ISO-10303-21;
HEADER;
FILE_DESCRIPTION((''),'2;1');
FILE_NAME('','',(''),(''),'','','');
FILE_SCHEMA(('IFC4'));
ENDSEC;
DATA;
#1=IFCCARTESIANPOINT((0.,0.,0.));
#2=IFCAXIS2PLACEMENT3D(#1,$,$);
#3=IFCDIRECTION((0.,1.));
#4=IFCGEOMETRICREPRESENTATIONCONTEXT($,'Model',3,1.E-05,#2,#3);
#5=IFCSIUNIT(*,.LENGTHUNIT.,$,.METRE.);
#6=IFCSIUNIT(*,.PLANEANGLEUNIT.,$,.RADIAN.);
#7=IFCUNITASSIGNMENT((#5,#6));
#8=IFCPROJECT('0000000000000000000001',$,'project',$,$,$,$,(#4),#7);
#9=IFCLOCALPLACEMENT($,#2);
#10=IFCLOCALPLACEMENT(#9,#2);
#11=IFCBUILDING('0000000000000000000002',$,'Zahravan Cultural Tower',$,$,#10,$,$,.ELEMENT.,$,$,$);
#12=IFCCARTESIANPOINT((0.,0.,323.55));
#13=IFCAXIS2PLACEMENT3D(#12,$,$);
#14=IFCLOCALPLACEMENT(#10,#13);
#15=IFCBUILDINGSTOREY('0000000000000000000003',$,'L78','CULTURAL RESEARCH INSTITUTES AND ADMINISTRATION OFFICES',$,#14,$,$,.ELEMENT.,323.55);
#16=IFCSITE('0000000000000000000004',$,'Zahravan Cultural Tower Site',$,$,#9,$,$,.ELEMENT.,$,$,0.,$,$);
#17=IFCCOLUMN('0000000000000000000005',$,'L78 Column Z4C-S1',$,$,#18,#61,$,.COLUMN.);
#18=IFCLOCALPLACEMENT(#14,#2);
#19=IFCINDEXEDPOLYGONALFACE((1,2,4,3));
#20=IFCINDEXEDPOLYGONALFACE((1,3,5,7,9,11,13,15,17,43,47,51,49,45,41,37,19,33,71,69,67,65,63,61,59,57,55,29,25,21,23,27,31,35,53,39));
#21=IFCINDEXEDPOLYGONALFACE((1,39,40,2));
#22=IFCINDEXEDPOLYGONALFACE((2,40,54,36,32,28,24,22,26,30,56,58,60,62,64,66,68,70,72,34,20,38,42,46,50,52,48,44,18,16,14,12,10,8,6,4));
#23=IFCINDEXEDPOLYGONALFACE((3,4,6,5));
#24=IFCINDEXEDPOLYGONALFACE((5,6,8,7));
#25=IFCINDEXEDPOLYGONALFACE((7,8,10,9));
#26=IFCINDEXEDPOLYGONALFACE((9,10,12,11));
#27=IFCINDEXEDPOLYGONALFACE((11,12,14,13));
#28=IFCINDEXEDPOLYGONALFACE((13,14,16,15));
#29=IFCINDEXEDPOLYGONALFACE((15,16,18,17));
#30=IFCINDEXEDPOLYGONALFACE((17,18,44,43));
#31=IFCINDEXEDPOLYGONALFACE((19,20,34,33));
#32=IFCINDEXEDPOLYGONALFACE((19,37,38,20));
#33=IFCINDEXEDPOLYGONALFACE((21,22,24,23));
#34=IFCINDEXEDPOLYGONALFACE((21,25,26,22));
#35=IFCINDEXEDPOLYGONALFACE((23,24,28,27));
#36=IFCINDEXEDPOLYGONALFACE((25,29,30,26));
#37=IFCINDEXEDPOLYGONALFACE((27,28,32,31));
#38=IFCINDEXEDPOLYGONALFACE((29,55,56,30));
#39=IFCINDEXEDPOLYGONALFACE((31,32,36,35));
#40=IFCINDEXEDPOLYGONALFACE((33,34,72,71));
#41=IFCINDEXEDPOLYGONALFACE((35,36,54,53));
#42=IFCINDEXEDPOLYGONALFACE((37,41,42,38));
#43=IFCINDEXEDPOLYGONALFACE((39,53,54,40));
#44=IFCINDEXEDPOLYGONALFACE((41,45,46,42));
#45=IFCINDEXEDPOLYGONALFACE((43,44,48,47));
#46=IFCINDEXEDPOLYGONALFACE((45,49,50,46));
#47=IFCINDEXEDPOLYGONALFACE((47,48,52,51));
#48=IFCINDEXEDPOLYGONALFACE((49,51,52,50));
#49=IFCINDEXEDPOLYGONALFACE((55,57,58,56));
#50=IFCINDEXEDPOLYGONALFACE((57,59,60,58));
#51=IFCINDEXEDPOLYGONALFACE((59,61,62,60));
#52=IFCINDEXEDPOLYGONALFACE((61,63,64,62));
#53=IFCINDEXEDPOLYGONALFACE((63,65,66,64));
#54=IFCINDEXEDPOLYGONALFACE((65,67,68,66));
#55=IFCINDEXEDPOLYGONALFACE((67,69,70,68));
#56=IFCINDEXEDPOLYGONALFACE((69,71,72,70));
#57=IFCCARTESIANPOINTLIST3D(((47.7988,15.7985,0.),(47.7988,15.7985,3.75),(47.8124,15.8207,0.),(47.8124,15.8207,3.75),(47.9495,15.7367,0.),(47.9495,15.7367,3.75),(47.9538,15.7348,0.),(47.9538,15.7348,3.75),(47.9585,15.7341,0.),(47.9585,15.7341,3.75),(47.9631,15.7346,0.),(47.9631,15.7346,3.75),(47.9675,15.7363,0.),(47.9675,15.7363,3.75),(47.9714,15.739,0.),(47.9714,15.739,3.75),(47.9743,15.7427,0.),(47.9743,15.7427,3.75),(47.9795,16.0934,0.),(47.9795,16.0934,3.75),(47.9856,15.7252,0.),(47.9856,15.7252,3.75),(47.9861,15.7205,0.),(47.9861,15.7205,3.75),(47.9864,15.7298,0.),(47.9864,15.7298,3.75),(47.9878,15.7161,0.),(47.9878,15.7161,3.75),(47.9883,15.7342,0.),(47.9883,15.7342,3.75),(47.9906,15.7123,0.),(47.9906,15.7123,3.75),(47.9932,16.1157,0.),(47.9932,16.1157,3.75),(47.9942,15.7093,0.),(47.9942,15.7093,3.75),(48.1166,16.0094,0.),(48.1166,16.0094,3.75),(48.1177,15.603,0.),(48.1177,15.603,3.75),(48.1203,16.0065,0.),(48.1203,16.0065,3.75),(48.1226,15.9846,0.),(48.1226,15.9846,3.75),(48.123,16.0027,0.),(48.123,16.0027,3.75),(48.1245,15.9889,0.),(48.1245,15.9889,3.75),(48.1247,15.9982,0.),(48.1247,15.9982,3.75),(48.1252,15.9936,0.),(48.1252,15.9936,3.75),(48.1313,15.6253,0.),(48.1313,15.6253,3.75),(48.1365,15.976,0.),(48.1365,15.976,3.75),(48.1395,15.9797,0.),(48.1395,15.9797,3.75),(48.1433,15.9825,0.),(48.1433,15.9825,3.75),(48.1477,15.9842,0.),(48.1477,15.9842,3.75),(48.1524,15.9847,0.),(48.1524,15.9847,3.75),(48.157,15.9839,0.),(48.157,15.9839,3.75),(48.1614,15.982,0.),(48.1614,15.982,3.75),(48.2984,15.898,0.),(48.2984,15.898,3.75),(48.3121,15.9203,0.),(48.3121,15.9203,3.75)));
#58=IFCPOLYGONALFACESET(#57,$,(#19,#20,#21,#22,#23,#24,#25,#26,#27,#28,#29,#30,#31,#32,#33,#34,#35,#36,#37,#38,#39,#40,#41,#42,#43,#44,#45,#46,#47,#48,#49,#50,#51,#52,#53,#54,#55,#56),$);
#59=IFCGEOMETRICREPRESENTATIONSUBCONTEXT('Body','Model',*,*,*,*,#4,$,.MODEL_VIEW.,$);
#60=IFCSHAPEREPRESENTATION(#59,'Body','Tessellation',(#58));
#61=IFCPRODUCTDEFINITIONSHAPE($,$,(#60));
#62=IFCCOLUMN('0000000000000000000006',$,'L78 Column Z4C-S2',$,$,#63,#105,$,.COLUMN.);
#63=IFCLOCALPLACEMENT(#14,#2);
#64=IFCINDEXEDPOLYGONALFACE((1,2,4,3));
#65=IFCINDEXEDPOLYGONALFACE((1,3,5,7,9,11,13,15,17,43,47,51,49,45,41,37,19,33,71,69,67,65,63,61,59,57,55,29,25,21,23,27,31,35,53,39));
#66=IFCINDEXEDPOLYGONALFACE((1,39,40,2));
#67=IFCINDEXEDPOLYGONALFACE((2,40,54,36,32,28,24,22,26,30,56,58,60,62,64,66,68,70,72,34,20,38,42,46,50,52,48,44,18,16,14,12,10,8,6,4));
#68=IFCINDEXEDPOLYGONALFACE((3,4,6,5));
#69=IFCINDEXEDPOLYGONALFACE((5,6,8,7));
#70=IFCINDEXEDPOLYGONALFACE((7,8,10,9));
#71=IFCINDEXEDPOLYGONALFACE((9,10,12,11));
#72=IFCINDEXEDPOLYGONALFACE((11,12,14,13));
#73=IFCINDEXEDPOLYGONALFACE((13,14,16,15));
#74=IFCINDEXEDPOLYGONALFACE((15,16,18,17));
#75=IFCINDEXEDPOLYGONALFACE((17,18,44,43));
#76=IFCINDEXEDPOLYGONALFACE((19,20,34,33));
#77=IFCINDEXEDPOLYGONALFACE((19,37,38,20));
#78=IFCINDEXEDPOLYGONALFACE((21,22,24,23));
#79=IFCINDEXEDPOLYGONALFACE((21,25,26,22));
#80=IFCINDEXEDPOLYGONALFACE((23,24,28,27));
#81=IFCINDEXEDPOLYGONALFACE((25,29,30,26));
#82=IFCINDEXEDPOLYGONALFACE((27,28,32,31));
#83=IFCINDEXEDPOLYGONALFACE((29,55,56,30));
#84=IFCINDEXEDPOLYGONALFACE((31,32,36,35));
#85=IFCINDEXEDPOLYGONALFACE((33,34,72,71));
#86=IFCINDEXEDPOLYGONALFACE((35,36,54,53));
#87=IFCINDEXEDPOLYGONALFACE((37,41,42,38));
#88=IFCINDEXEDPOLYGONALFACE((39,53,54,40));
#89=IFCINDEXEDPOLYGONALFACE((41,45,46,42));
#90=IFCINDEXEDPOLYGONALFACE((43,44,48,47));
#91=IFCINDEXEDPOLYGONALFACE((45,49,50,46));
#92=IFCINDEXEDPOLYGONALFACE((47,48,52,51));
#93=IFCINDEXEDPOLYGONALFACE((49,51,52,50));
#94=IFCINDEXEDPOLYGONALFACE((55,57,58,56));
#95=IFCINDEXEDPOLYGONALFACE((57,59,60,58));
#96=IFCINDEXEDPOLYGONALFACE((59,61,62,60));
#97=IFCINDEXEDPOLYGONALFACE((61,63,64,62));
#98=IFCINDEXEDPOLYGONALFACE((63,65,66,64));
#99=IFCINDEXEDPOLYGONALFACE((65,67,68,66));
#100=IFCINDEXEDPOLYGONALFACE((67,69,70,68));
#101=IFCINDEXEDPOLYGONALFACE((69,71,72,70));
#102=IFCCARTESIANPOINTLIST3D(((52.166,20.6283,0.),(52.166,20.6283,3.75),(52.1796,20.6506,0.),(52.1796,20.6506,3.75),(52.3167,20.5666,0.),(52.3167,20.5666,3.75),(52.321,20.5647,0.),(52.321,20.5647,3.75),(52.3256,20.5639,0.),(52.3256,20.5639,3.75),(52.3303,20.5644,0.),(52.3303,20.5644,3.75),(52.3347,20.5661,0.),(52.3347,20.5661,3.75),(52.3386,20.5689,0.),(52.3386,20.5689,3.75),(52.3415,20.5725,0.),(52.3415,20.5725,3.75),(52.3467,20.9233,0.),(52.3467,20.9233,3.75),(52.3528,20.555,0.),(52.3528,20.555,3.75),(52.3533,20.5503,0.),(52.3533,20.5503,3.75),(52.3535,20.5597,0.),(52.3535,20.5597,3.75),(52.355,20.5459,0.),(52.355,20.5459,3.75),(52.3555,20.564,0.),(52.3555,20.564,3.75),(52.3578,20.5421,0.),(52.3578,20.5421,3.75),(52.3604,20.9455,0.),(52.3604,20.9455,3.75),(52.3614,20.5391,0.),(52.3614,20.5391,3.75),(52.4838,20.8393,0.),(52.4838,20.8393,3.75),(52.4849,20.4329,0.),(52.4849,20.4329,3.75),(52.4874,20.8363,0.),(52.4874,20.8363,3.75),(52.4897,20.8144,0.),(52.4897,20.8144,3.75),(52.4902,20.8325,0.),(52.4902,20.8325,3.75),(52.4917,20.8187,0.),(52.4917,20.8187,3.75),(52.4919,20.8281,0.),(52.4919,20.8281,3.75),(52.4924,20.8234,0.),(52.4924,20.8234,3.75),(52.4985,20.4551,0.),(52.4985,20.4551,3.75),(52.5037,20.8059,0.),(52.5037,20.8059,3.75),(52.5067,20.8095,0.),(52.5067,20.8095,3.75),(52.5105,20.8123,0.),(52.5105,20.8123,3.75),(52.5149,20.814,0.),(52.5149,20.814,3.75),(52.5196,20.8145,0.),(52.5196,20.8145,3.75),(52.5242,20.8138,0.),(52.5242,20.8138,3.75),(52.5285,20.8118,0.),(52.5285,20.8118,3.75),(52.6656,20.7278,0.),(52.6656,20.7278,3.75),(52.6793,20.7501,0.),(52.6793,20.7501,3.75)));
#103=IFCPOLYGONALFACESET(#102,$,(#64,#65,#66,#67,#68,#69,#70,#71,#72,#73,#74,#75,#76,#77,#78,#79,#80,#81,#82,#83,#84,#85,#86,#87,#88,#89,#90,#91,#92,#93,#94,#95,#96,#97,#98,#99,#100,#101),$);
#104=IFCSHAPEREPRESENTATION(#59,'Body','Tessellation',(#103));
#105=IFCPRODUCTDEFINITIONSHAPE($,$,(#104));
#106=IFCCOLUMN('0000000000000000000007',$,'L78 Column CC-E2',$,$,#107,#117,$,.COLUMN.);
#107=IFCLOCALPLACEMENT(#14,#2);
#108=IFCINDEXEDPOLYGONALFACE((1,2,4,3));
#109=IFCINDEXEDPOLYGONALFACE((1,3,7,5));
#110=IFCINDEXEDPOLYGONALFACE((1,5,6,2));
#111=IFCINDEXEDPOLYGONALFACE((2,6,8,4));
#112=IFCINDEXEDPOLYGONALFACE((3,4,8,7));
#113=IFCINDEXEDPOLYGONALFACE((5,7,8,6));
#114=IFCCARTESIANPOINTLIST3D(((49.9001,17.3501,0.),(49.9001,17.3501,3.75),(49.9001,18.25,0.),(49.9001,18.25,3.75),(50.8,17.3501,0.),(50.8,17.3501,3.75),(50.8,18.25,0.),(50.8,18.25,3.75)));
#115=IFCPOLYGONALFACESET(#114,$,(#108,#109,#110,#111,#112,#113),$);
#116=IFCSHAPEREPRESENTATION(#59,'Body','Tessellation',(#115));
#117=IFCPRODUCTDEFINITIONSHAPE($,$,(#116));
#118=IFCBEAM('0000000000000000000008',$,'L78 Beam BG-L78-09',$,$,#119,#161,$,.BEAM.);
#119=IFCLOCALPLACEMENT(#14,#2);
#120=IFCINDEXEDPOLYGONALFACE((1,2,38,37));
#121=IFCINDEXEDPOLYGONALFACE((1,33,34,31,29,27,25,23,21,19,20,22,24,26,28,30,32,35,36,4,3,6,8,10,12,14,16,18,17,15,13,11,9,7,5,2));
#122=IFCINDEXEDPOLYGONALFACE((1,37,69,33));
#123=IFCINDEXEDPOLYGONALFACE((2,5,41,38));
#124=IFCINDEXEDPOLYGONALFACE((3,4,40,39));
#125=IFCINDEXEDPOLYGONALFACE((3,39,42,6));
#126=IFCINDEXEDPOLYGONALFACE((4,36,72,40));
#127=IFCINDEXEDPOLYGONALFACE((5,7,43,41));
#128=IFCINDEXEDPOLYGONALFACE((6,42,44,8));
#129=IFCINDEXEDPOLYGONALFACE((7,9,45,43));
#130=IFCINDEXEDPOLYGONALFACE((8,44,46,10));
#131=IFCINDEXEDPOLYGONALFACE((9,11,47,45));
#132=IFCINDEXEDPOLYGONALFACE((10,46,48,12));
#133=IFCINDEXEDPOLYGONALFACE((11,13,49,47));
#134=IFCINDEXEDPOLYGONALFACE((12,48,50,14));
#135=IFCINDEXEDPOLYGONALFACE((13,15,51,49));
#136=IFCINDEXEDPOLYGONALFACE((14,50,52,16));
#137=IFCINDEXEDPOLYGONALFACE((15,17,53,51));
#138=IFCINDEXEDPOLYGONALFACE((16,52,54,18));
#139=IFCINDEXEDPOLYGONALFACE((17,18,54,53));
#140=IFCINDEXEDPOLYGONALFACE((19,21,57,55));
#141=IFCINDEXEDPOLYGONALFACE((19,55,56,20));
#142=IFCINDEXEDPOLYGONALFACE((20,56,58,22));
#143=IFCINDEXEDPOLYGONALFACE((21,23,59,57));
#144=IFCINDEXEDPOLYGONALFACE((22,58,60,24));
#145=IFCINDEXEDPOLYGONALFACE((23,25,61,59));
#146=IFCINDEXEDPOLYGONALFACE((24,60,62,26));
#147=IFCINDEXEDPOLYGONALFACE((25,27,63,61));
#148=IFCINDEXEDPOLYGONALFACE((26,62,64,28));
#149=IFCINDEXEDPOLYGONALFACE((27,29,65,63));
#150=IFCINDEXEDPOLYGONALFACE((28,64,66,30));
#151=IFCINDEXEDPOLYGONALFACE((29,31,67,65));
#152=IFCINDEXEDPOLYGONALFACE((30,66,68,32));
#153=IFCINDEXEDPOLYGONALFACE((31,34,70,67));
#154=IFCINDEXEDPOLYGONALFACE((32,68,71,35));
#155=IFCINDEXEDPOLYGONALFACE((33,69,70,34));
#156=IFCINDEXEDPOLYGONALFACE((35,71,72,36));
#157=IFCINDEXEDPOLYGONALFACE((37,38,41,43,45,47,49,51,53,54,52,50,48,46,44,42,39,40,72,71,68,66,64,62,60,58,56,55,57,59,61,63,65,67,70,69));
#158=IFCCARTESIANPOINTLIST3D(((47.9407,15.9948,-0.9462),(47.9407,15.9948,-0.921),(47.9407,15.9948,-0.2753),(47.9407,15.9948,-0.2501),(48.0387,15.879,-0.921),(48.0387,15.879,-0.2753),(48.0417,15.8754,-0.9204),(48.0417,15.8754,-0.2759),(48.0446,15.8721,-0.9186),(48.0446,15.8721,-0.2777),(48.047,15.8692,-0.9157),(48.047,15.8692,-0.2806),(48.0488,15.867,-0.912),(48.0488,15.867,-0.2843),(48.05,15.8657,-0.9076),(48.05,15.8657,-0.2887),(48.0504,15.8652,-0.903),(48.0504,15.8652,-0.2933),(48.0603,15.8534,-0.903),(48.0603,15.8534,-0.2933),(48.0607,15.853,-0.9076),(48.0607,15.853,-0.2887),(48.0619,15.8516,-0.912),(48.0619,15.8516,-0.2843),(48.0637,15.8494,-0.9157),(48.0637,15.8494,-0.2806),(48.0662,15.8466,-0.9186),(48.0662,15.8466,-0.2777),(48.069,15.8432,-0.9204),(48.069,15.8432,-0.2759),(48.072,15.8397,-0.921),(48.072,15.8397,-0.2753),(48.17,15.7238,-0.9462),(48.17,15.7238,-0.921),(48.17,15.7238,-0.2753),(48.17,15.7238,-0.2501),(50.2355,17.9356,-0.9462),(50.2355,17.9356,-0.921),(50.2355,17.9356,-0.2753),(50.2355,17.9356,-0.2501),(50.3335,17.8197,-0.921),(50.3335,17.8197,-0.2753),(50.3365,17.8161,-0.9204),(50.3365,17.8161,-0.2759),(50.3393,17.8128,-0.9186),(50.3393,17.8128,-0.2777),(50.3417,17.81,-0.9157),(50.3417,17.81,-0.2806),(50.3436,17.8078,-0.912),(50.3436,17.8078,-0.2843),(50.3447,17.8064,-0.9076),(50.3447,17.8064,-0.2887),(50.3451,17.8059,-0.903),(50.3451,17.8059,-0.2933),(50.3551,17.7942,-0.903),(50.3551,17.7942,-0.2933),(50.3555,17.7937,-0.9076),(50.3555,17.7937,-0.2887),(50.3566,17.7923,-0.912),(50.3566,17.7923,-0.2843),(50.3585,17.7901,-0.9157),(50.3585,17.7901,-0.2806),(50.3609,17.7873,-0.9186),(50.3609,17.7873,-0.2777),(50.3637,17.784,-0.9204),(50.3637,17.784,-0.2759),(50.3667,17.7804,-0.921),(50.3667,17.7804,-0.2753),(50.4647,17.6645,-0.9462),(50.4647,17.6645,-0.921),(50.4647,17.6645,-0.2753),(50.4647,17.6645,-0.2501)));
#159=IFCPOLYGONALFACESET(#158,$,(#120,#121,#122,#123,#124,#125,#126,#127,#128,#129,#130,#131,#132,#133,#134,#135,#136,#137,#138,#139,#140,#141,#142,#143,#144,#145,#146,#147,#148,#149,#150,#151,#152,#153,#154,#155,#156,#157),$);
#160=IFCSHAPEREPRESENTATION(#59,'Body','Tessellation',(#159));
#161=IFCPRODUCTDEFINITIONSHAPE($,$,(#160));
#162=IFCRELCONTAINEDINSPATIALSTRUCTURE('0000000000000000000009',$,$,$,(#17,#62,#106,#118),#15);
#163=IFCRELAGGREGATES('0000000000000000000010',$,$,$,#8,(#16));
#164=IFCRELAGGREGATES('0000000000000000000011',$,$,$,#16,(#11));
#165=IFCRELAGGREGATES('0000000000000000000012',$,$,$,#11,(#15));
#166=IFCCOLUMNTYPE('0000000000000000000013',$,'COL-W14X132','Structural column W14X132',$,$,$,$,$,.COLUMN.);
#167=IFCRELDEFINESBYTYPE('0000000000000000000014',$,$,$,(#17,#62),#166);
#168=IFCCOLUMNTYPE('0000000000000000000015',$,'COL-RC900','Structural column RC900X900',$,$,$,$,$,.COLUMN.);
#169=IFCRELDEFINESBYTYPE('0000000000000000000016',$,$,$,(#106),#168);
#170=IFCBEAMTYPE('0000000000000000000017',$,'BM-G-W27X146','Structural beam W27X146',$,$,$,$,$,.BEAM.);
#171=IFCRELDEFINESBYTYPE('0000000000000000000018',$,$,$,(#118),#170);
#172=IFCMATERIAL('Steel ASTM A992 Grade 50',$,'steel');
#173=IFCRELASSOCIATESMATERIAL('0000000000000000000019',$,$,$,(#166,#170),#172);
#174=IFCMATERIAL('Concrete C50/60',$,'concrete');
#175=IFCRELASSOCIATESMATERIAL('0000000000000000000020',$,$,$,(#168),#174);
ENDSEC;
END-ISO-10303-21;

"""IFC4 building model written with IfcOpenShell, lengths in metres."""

from ifc_helpers import new_model, si_unit, direction, frame, origin, origin_2d, place, context, subcontext, project, spatial, rectangle, i_section, extrude, source, transform, mapped, material, material_profile, profile_set, type_object, element, save


model = new_model("IFC4")

# Units and contexts
model_context = context("Model", 3, precision=1e-05, world=origin(), true_north=direction((0.0, 1.0)))
body_context = subcontext(model_context, "Body", "Model", "MODEL_VIEW")
ifc_project = project(units=[si_unit("LENGTHUNIT", "METRE"), si_unit("PLANEANGLEUNIT", "RADIAN")], contexts=[model_context])

# Site, building, storey
site_placement = place(None, origin())
site = spatial("IfcSite", under=ifc_project, at=site_placement, Name="Zahravan Cultural Tower Site", CompositionType="ELEMENT", RefElevation=0.0)
building_placement = place(site_placement, origin())
building = spatial("IfcBuilding", under=site, at=building_placement, Name="Zahravan Cultural Tower", CompositionType="ELEMENT")
storey_placement = place(building_placement, frame((0.0, 0.0, 323.55)))
storey = spatial("IfcBuildingStorey", under=building, at=storey_placement, Name="L78", Description="CULTURAL RESEARCH INSTITUTES AND ADMINISTRATION OFFICES", CompositionType="ELEMENT", Elevation=323.55)

# Columns
ifc_material_1 = material(Name="Steel ASTM A992 Grade 50", Category="steel")
ifc_material_profile_1 = material_profile(ifc_material_1, i_section(OverallWidth=0.374, OverallDepth=0.3721, WebThickness=0.0164, FlangeThickness=0.0261, FilletRadius=0.0181, at=origin_2d()), Name="W14X132")
ifc_profile_set_1 = profile_set([ifc_material_profile_1], Name="Steel ASTM A992 Grade 50")
column_type_1 = type_object("IfcColumnType", Name="COL-W14X132", Description="Structural column W14X132", PredefinedType="COLUMN", material=ifc_profile_set_1)
shared_shape_1 = source(origin(), body_context, "Body", "SweptSolid", [
    extrude(i_section(OverallWidth=0.374, OverallDepth=0.3721, WebThickness=0.0164, FlangeThickness=0.0261, FilletRadius=0.0181, at=origin_2d()), origin(), (0.0, 0.0, 1.0), 3.75),
])
for number, where, z_axis, x_axis, name in (
    (1, (48.0554, 15.8594, 0.0), (0.0, 0.0, 1.0), (-0.85264, 0.522499, 0.0), "L78 Column Z4C-S1"),
    (2, (52.4226, 20.6892, 0.0), (0.0, 0.0, 1.0), (-0.85264, 0.522499, 0.0), "L78 Column Z4C-S2"),
):
    element("IfcColumn", number, at=place(storey_placement, frame(where, z_axis=z_axis, x_axis=x_axis)), inside=storey, type_object=column_type_1, Name=name, PredefinedType="COLUMN", context=body_context, shape_type="MappedRepresentation", body=[
        mapped(shared_shape_1, transform((0.0, 0.0, 0.0), x_axis=(1.0, 0.0, 0.0), y_axis=(0.0, 1.0, 0.0), z_axis=(0.0, 0.0, 1.0), scale=1.0)),
    ])
ifc_material_2 = material(Name="Concrete C50/60", Category="concrete")
ifc_material_profile_2 = material_profile(ifc_material_2, rectangle(XDim=0.8999, YDim=0.8999, at=origin_2d()), Name="RC900X900")
ifc_profile_set_2 = profile_set([ifc_material_profile_2], Name="Concrete C50/60")
column_type_2 = type_object("IfcColumnType", Name="COL-RC900", Description="Structural column RC900X900", PredefinedType="COLUMN", material=ifc_profile_set_2)
shared_shape_2 = source(origin(), body_context, "Body", "SweptSolid", [
    extrude(rectangle(XDim=0.8999, YDim=0.8999, at=origin_2d()), origin(), (0.0, 0.0, 1.0), 3.75),
])
column_placement = place(storey_placement, frame((50.3501, 17.8, 0.0), z_axis=(0.0, 0.0, 1.0), x_axis=(1.0, 0.0, 0.0)))
element("IfcColumn", 3, at=column_placement, inside=storey, type_object=column_type_2, Name="L78 Column CC-E2", PredefinedType="COLUMN", context=body_context, shape_type="MappedRepresentation", body=[
    mapped(shared_shape_2, transform((0.0, 0.0, 0.0), x_axis=(1.0, 0.0, 0.0), y_axis=(0.0, 1.0, 0.0), z_axis=(0.0, 0.0, 1.0), scale=1.0)),
])

# Beam
ifc_material_profile_3 = material_profile(ifc_material_1, i_section(OverallWidth=0.355, OverallDepth=0.696, WebThickness=0.0154, FlangeThickness=0.0251, FilletRadius=0.0181, at=origin_2d()), Name="W27X146")
ifc_profile_set_3 = profile_set([ifc_material_profile_3], Name="Steel ASTM A992 Grade 50")
beam_type_1 = type_object("IfcBeamType", Name="BM-G-W27X146", Description="Structural beam W27X146", PredefinedType="BEAM", material=ifc_profile_set_3)
shared_shape_3 = source(origin(), body_context, "Body", "SweptSolid", [
    extrude(i_section(OverallWidth=0.355, OverallDepth=0.696, WebThickness=0.0154, FlangeThickness=0.0251, FilletRadius=0.0181, at=origin_2d()), origin(), (0.0, 0.0, 1.0), 3.0054),
])
beam_1_placement = place(storey_placement, frame((50.3501, 17.8, -0.5981), z_axis=(-0.763546, -0.645753, 0.0), x_axis=(0.645753, -0.763546, 0.0)))
element("IfcBeam", 4, at=beam_1_placement, inside=storey, type_object=beam_type_1, Name="L78 Beam BG-L78-09", PredefinedType="BEAM", context=body_context, shape_type="MappedRepresentation", body=[
    mapped(shared_shape_3, transform((0.0, 0.0, 0.0), x_axis=(1.0, 0.0, 0.0), y_axis=(0.0, 1.0, 0.0), z_axis=(0.0, 0.0, 1.0), scale=1.0)),
])

save(model, "model.ifc")
